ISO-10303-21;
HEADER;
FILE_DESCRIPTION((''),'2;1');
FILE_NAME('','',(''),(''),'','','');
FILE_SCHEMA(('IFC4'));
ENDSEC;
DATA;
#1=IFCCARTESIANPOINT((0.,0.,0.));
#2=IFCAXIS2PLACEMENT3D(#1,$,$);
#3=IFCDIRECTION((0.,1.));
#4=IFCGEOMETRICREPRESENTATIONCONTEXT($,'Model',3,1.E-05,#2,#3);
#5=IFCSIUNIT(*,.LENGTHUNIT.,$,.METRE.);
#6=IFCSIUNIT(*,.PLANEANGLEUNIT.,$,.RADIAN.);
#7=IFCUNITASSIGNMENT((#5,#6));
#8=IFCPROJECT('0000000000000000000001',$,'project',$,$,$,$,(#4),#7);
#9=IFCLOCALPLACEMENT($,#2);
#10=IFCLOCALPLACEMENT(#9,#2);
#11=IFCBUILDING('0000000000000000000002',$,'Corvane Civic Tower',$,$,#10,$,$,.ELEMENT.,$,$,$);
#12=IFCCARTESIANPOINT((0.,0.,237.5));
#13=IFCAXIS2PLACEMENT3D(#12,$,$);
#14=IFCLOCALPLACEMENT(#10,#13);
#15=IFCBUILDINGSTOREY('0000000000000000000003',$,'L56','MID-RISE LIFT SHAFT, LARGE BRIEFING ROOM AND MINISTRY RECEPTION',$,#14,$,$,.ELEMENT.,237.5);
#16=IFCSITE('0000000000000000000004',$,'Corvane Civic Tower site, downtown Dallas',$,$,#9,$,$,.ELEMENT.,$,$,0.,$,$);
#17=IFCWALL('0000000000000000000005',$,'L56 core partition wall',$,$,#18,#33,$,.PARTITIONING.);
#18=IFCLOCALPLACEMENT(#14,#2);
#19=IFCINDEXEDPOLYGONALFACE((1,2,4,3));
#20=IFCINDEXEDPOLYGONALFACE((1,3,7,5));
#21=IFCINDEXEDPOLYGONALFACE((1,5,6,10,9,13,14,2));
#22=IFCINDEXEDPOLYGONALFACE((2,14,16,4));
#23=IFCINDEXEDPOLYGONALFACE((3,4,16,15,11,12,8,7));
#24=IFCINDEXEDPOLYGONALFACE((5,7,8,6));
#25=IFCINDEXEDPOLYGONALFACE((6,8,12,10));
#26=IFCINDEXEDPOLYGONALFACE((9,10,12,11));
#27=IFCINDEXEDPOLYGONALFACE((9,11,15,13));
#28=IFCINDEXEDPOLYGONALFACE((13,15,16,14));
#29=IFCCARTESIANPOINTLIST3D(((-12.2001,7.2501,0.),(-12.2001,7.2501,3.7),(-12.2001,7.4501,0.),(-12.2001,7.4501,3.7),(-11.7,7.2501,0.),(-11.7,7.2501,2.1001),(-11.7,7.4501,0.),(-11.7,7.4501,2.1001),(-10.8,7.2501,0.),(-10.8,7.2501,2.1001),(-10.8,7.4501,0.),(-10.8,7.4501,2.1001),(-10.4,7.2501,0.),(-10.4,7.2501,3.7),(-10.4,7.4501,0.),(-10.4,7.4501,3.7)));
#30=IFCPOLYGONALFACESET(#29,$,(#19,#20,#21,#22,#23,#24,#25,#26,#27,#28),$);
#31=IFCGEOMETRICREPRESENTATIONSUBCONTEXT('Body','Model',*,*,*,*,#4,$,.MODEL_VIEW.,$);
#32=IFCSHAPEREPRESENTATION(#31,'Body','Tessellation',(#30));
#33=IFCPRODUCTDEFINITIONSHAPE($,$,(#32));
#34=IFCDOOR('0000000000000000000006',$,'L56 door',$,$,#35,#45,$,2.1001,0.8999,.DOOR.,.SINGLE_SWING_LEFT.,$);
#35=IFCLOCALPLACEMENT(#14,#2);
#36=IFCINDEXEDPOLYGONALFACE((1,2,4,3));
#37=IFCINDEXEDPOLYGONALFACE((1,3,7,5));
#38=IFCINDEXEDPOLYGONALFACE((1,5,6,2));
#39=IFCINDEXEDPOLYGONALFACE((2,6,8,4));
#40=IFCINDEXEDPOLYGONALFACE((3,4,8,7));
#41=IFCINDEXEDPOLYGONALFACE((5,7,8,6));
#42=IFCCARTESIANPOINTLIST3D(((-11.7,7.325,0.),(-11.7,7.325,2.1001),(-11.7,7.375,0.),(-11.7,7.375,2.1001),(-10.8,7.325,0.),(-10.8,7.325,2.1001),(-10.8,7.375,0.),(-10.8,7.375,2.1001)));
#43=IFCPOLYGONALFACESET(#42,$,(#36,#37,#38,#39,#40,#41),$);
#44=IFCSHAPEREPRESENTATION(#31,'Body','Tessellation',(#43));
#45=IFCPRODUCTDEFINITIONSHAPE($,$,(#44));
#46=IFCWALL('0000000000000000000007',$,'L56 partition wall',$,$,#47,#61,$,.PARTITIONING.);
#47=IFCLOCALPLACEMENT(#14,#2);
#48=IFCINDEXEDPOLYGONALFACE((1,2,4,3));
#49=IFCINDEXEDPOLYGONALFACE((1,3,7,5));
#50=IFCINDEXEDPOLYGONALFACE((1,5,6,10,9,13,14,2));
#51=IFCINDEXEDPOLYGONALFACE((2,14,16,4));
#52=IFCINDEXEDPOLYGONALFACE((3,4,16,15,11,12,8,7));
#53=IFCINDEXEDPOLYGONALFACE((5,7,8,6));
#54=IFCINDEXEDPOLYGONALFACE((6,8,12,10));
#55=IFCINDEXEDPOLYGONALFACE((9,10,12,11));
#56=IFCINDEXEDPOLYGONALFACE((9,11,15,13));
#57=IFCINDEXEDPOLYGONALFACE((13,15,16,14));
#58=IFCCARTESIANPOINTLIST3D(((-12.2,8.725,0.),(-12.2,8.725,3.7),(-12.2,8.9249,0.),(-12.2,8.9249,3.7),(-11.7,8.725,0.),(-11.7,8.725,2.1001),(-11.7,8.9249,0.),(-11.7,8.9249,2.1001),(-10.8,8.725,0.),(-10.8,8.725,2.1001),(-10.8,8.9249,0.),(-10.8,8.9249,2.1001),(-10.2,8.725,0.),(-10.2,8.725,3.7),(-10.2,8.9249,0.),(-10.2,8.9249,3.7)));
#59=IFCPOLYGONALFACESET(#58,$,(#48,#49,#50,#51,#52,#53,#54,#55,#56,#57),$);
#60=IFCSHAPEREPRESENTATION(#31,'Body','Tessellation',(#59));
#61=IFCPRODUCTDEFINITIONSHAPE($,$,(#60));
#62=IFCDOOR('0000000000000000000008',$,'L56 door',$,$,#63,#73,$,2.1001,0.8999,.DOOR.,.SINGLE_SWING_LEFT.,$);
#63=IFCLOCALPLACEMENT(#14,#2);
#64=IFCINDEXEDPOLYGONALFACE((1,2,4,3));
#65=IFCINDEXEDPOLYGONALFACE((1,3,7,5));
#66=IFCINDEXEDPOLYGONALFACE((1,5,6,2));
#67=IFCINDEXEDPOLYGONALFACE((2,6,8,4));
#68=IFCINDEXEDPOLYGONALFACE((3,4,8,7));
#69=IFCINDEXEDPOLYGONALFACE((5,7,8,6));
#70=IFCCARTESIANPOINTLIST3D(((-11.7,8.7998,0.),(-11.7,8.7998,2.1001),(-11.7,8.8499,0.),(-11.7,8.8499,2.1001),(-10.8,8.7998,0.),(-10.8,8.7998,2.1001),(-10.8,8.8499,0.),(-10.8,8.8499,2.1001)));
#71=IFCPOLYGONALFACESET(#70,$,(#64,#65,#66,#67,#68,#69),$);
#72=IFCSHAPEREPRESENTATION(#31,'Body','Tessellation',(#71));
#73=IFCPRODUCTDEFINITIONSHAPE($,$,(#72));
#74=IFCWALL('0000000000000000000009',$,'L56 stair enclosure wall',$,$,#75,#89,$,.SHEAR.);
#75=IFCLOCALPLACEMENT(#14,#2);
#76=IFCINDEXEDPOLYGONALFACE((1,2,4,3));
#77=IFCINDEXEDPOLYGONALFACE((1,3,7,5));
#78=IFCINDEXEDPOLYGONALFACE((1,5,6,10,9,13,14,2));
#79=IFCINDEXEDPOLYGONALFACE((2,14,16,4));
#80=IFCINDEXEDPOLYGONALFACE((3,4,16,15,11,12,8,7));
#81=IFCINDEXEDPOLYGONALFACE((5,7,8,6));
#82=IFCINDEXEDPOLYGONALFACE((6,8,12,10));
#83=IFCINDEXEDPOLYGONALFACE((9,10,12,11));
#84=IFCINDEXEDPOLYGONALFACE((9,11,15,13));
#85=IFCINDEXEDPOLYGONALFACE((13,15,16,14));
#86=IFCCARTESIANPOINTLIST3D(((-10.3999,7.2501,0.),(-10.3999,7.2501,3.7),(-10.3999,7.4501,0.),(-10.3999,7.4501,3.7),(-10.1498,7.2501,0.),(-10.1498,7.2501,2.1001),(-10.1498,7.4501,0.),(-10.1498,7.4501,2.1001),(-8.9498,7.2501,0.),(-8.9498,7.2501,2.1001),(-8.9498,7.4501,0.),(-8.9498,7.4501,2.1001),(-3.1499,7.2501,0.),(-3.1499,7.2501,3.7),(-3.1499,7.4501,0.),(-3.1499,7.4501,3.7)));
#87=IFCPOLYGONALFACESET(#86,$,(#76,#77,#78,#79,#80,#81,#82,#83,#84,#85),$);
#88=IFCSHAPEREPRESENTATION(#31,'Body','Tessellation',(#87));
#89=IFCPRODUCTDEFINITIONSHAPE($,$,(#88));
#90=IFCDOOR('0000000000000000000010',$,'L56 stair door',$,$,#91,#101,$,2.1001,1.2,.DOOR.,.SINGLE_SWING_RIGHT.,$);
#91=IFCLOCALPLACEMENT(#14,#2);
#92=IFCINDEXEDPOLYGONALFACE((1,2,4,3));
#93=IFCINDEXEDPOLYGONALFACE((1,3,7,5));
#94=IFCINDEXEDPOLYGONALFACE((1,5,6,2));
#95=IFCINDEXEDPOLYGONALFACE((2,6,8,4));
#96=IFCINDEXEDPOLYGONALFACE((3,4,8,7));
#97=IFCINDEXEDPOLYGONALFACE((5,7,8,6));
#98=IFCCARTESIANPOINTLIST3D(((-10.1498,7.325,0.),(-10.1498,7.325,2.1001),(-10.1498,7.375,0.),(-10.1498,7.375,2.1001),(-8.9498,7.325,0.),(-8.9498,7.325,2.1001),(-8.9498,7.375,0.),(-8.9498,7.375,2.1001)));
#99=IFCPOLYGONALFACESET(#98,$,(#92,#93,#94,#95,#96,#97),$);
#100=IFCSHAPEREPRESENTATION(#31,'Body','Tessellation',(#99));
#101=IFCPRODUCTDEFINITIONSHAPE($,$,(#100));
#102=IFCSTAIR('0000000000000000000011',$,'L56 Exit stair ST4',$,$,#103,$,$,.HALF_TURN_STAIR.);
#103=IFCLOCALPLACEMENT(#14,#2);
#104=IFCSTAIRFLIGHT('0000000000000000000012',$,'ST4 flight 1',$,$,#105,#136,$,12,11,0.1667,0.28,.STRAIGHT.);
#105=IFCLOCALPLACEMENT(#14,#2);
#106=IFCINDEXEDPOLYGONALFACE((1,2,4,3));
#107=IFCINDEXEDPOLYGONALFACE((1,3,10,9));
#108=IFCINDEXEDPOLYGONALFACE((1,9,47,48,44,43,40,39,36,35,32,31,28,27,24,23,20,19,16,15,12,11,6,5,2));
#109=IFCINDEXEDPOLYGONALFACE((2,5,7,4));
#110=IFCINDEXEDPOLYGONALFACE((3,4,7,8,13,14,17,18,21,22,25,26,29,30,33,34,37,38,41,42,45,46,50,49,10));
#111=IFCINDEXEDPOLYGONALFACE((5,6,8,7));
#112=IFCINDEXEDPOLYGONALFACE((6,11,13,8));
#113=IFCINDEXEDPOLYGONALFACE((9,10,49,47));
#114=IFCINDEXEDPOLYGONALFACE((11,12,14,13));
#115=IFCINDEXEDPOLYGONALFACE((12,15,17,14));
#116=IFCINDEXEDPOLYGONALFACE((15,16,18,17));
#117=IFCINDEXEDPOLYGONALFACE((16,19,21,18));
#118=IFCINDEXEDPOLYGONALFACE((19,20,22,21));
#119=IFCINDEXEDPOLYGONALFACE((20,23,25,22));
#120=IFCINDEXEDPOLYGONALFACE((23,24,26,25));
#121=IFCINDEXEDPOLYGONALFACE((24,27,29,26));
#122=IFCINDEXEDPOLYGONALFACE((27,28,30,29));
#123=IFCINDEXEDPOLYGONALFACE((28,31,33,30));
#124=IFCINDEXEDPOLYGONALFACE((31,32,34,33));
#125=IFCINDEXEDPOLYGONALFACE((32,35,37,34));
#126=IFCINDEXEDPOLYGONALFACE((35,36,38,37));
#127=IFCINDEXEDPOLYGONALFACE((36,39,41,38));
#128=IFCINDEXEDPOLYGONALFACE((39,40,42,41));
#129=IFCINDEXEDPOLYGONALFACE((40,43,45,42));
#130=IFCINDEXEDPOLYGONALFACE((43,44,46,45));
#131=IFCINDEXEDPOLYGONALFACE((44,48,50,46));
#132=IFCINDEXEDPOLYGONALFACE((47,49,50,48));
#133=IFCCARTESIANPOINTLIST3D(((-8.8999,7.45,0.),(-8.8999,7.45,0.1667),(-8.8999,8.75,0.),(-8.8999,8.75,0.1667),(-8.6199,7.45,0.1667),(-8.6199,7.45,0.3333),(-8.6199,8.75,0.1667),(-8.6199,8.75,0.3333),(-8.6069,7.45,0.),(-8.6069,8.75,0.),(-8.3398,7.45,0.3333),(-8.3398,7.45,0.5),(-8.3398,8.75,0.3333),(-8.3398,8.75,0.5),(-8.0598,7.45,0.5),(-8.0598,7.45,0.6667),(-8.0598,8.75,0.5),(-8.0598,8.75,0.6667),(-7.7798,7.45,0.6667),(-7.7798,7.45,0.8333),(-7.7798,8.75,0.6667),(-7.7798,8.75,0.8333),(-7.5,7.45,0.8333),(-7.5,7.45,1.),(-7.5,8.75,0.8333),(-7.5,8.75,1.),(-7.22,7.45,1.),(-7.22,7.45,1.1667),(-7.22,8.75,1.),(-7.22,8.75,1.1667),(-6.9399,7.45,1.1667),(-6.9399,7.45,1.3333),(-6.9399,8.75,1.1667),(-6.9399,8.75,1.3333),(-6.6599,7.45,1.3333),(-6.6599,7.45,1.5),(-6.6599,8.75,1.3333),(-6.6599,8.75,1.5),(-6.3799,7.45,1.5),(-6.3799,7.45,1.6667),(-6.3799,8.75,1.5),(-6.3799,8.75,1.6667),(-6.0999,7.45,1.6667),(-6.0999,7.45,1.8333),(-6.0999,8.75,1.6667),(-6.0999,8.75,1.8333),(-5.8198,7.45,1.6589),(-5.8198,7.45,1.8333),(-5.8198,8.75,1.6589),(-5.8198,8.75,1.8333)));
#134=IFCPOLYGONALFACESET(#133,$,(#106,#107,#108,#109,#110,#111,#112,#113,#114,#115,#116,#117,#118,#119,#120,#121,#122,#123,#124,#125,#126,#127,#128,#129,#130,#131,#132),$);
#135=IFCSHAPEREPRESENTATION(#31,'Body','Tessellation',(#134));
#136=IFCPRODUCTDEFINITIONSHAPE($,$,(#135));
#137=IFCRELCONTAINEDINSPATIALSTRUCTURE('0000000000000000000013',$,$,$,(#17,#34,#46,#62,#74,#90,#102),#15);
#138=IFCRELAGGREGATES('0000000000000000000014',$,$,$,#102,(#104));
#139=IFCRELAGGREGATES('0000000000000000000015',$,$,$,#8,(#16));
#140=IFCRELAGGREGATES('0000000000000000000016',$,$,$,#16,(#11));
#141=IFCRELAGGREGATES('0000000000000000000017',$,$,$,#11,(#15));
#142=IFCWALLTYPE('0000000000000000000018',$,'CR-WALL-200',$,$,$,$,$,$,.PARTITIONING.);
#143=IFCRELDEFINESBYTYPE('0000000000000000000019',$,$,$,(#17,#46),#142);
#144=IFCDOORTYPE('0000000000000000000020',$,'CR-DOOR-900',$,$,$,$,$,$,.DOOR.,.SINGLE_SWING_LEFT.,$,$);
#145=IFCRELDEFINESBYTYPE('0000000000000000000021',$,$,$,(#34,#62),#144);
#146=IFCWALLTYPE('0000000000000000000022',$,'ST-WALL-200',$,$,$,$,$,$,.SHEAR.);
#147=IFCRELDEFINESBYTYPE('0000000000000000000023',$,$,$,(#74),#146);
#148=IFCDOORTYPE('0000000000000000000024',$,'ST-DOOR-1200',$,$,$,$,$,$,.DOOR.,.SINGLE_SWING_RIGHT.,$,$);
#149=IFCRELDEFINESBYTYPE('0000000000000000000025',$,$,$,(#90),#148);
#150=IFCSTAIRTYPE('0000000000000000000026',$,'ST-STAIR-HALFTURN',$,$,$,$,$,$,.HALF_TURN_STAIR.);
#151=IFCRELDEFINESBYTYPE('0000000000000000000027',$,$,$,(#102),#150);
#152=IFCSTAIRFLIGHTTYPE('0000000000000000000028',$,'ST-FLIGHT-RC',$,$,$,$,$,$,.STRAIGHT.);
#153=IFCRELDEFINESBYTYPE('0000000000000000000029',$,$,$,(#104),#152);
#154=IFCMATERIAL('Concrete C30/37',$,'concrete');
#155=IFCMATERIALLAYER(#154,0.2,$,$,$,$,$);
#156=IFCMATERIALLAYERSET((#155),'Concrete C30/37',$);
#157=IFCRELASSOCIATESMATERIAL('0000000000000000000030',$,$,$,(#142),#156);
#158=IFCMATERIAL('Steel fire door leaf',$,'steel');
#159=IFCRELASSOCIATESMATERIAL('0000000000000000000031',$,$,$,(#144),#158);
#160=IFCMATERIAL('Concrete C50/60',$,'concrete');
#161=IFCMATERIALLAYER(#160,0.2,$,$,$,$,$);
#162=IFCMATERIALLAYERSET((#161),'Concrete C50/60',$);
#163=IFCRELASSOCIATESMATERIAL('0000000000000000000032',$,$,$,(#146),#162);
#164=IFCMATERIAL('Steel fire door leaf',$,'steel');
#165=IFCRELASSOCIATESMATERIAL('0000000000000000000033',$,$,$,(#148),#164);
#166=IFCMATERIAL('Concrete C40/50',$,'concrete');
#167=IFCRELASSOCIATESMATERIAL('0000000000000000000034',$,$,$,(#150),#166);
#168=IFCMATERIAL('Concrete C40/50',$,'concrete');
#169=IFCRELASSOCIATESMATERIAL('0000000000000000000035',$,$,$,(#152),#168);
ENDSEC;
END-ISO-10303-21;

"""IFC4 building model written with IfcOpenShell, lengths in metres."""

from ifc_helpers import new_model, si_unit, direction, frame, frame_2d, origin, place, context, subcontext, project, spatial, polyline, rectangle, outline, extrude, material, layer, layer_set, type_object, element, fill, aggregate, save


model = new_model("IFC4")

# Units and contexts
model_context = context("Model", 3, precision=1e-05, world=origin(), true_north=direction((0.0, 1.0)))
body_context = subcontext(model_context, "Body", "Model", "MODEL_VIEW")
ifc_project = project(units=[si_unit("LENGTHUNIT", "METRE"), si_unit("PLANEANGLEUNIT", "RADIAN")], contexts=[model_context])

# Site, building, storey
site_placement = place(None, origin())
site = spatial("IfcSite", under=ifc_project, at=site_placement, Name="Corvane Civic Tower site, downtown Dallas", CompositionType="ELEMENT", RefElevation=0.0)
building_placement = place(site_placement, origin())
building = spatial("IfcBuilding", under=site, at=building_placement, Name="Corvane Civic Tower", CompositionType="ELEMENT")
storey_placement = place(building_placement, frame((0.0, 0.0, 237.5)))
storey = spatial("IfcBuildingStorey", under=building, at=storey_placement, Name="L56", Description="MID-RISE LIFT SHAFT, LARGE BRIEFING ROOM AND MINISTRY RECEPTION", CompositionType="ELEMENT", Elevation=237.5)

# Shared definitions
ifc_material_1 = material(Name="Concrete C30/37", Category="concrete")
ifc_layer_1 = layer(ifc_material_1, 0.2)
ifc_layer_set_1 = layer_set([ifc_layer_1], Name="Concrete C30/37")
wall_type_1 = type_object("IfcWallType", Name="CR-WALL-200", PredefinedType="PARTITIONING", material=ifc_layer_set_1)
ifc_material_2 = material(Name="Steel fire door leaf", Category="steel")
door_type_1 = type_object("IfcDoorType", Name="CR-DOOR-900", OperationType="SINGLE_SWING_LEFT", PredefinedType="DOOR", material=ifc_material_2)

# Walls, openings, doors
wall_1_placement = place(storey_placement, frame((-12.2, 7.3501, 0.0), z_axis=(0.0, 0.0, 1.0), x_axis=(1.0, 0.0, 0.0)))
wall_1 = element("IfcWall", 1, at=wall_1_placement, inside=storey, type_object=wall_type_1, Name="L56 core partition wall", PredefinedType="PARTITIONING", context=body_context, shape_type="SweptSolid", body=[
    extrude(rectangle(XDim=1.8, YDim=0.2, at=frame_2d((0.8999, 0.0))), origin(), (0.0, 0.0, 1.0), 3.7),
])
opening_1_placement = place(wall_1_placement, frame((0.5, 0.0, 0.0)))
opening_1 = element("IfcOpeningElement", 2, at=opening_1_placement, cuts=wall_1, PredefinedType="OPENING", context=body_context, shape_type="SweptSolid", body=[
    extrude(rectangle(XDim=0.8999, YDim=2.1001, at=frame_2d((0.45, 1.05))), frame((0.0, 0.1099, 0.0), z_axis=(0.0, -1.0, 0.0), x_axis=(1.0, 0.0, 0.0)), (0.0, 0.0, 1.0), 0.22),
])
door_1_placement = place(opening_1_placement, origin())
door_1 = element("IfcDoor", 3, at=door_1_placement, inside=storey, type_object=door_type_1, Name="L56 door", OperationType="SINGLE_SWING_LEFT", OverallHeight=2.1001, OverallWidth=0.8999, PredefinedType="DOOR", context=body_context, shape_type="SweptSolid", body=[
    extrude(rectangle(XDim=0.8999, YDim=2.1001, at=frame_2d((0.45, 1.05))), frame((0.0, 0.0249, 0.0), z_axis=(0.0, -1.0, 0.0), x_axis=(1.0, 0.0, 0.0)), (0.0, 0.0, 1.0), 0.05),
])
fill(opening_1, door_1)
wall_2_placement = place(storey_placement, frame((-12.2, 8.825, 0.0), z_axis=(0.0, 0.0, 1.0), x_axis=(1.0, 0.0, 0.0)))
wall_2 = element("IfcWall", 4, at=wall_2_placement, inside=storey, type_object=wall_type_1, Name="L56 partition wall", PredefinedType="PARTITIONING", context=body_context, shape_type="SweptSolid", body=[
    extrude(rectangle(XDim=2.0, YDim=0.2, at=frame_2d((1.0, 0.0))), origin(), (0.0, 0.0, 1.0), 3.7),
])
opening_2_placement = place(wall_2_placement, frame((0.5, 0.0, 0.0)))
opening_2 = element("IfcOpeningElement", 5, at=opening_2_placement, cuts=wall_2, PredefinedType="OPENING", context=body_context, shape_type="SweptSolid", body=[
    extrude(rectangle(XDim=0.8999, YDim=2.1001, at=frame_2d((0.45, 1.05))), frame((0.0, 0.1099, 0.0), z_axis=(0.0, -1.0, 0.0), x_axis=(1.0, 0.0, 0.0)), (0.0, 0.0, 1.0), 0.22),
])
door_2_placement = place(opening_2_placement, origin())
door_2 = element("IfcDoor", 6, at=door_2_placement, inside=storey, type_object=door_type_1, Name="L56 door", OperationType="SINGLE_SWING_LEFT", OverallHeight=2.1001, OverallWidth=0.8999, PredefinedType="DOOR", context=body_context, shape_type="SweptSolid", body=[
    extrude(rectangle(XDim=0.8999, YDim=2.1001, at=frame_2d((0.45, 1.05))), frame((0.0, 0.0249, 0.0), z_axis=(0.0, -1.0, 0.0), x_axis=(1.0, 0.0, 0.0)), (0.0, 0.0, 1.0), 0.05),
])
fill(opening_2, door_2)
ifc_material_3 = material(Name="Concrete C50/60", Category="concrete")
ifc_layer_2 = layer(ifc_material_3, 0.2)
ifc_layer_set_2 = layer_set([ifc_layer_2], Name="Concrete C50/60")
wall_type_2 = type_object("IfcWallType", Name="ST-WALL-200", PredefinedType="SHEAR", material=ifc_layer_set_2)
wall_3_placement = place(storey_placement, frame((-10.3999, 7.3501, 0.0), z_axis=(0.0, 0.0, 1.0), x_axis=(1.0, 0.0, 0.0)))
wall_3 = element("IfcWall", 7, at=wall_3_placement, inside=storey, type_object=wall_type_2, Name="L56 stair enclosure wall", PredefinedType="SHEAR", context=body_context, shape_type="SweptSolid", body=[
    extrude(rectangle(XDim=7.25, YDim=0.2, at=frame_2d((3.625, 0.0))), origin(), (0.0, 0.0, 1.0), 3.7),
])
opening_3_placement = place(wall_3_placement, frame((0.25, 0.0, 0.0)))
opening_3 = element("IfcOpeningElement", 8, at=opening_3_placement, cuts=wall_3, PredefinedType="OPENING", context=body_context, shape_type="SweptSolid", body=[
    extrude(rectangle(XDim=1.2, YDim=2.1001, at=frame_2d((0.6001, 1.05))), frame((0.0, 0.1099, 0.0), z_axis=(0.0, -1.0, 0.0), x_axis=(1.0, 0.0, 0.0)), (0.0, 0.0, 1.0), 0.22),
])
ifc_material_4 = material(Name="Steel fire door leaf", Category="steel")
door_type_2 = type_object("IfcDoorType", Name="ST-DOOR-1200", OperationType="SINGLE_SWING_RIGHT", PredefinedType="DOOR", material=ifc_material_4)
door_3_placement = place(opening_3_placement, origin())
door_3 = element("IfcDoor", 9, at=door_3_placement, inside=storey, type_object=door_type_2, Name="L56 stair door", OperationType="SINGLE_SWING_RIGHT", OverallHeight=2.1001, OverallWidth=1.2, PredefinedType="DOOR", context=body_context, shape_type="SweptSolid", body=[
    extrude(rectangle(XDim=1.2, YDim=2.1001, at=frame_2d((0.6001, 1.05))), frame((0.0, 0.0249, 0.0), z_axis=(0.0, -1.0, 0.0), x_axis=(1.0, 0.0, 0.0)), (0.0, 0.0, 1.0), 0.05),
])
fill(opening_3, door_3)

# Stair, stair flight
ifc_material_5 = material(Name="Concrete C40/50", Category="concrete")
stair_type = type_object("IfcStairType", Name="ST-STAIR-HALFTURN", PredefinedType="HALF_TURN_STAIR", material=ifc_material_5)
stair_placement = place(storey_placement, origin())
stair = element("IfcStair", 10, at=stair_placement, inside=storey, type_object=stair_type, Name="L56 Exit stair ST4", PredefinedType="HALF_TURN_STAIR")
ifc_material_6 = material(Name="Concrete C40/50", Category="concrete")
stair_flight_type = type_object("IfcStairFlightType", Name="ST-FLIGHT-RC", PredefinedType="STRAIGHT", material=ifc_material_6)
stair_flight_placement = place(storey_placement, frame((-8.8999, 8.1001, 0.0), z_axis=(0.0, 0.0, 1.0), x_axis=(1.0, 0.0, 0.0)))
stair_flight = element("IfcStairFlight", 11, at=stair_flight_placement, type_object=stair_flight_type, Name="ST4 flight 1", NumberOfRisers=12, NumberOfTreads=11, PredefinedType="STRAIGHT", RiserHeight=0.1667, TreadLength=0.28, context=body_context, shape_type="SweptSolid", body=[
    extrude(outline(polyline([(0.0, 0.0), (0.0, 0.1667), (0.28, 0.1667), (0.28, 0.3333), (0.5601, 0.3333), (0.5601, 0.5), (0.8401, 0.5), (0.8401, 0.6667), (1.1201, 0.6667), (1.1201, 0.8333), (1.3999, 0.8333), (1.3999, 1.0), (1.6799, 1.0), (1.6799, 1.1667), (1.96, 1.1667), (1.96, 1.3333), (2.24, 1.3333), (2.24, 1.5), (2.52, 1.5), (2.52, 1.6667), (2.8, 1.6667), (2.8, 1.8333), (3.0801, 1.8333), (3.0801, 2.0), (3.0801, 1.6589), (0.293, 0.0), (0.0, 0.0)])), frame((0.0, 0.6499, 0.0), z_axis=(0.0, -1.0, 0.0), x_axis=(1.0, 0.0, 0.0)), (0.0, 0.0, 1.0), 1.3),
])
aggregate(stair, [stair_flight])

save(model, "model.ifc")
